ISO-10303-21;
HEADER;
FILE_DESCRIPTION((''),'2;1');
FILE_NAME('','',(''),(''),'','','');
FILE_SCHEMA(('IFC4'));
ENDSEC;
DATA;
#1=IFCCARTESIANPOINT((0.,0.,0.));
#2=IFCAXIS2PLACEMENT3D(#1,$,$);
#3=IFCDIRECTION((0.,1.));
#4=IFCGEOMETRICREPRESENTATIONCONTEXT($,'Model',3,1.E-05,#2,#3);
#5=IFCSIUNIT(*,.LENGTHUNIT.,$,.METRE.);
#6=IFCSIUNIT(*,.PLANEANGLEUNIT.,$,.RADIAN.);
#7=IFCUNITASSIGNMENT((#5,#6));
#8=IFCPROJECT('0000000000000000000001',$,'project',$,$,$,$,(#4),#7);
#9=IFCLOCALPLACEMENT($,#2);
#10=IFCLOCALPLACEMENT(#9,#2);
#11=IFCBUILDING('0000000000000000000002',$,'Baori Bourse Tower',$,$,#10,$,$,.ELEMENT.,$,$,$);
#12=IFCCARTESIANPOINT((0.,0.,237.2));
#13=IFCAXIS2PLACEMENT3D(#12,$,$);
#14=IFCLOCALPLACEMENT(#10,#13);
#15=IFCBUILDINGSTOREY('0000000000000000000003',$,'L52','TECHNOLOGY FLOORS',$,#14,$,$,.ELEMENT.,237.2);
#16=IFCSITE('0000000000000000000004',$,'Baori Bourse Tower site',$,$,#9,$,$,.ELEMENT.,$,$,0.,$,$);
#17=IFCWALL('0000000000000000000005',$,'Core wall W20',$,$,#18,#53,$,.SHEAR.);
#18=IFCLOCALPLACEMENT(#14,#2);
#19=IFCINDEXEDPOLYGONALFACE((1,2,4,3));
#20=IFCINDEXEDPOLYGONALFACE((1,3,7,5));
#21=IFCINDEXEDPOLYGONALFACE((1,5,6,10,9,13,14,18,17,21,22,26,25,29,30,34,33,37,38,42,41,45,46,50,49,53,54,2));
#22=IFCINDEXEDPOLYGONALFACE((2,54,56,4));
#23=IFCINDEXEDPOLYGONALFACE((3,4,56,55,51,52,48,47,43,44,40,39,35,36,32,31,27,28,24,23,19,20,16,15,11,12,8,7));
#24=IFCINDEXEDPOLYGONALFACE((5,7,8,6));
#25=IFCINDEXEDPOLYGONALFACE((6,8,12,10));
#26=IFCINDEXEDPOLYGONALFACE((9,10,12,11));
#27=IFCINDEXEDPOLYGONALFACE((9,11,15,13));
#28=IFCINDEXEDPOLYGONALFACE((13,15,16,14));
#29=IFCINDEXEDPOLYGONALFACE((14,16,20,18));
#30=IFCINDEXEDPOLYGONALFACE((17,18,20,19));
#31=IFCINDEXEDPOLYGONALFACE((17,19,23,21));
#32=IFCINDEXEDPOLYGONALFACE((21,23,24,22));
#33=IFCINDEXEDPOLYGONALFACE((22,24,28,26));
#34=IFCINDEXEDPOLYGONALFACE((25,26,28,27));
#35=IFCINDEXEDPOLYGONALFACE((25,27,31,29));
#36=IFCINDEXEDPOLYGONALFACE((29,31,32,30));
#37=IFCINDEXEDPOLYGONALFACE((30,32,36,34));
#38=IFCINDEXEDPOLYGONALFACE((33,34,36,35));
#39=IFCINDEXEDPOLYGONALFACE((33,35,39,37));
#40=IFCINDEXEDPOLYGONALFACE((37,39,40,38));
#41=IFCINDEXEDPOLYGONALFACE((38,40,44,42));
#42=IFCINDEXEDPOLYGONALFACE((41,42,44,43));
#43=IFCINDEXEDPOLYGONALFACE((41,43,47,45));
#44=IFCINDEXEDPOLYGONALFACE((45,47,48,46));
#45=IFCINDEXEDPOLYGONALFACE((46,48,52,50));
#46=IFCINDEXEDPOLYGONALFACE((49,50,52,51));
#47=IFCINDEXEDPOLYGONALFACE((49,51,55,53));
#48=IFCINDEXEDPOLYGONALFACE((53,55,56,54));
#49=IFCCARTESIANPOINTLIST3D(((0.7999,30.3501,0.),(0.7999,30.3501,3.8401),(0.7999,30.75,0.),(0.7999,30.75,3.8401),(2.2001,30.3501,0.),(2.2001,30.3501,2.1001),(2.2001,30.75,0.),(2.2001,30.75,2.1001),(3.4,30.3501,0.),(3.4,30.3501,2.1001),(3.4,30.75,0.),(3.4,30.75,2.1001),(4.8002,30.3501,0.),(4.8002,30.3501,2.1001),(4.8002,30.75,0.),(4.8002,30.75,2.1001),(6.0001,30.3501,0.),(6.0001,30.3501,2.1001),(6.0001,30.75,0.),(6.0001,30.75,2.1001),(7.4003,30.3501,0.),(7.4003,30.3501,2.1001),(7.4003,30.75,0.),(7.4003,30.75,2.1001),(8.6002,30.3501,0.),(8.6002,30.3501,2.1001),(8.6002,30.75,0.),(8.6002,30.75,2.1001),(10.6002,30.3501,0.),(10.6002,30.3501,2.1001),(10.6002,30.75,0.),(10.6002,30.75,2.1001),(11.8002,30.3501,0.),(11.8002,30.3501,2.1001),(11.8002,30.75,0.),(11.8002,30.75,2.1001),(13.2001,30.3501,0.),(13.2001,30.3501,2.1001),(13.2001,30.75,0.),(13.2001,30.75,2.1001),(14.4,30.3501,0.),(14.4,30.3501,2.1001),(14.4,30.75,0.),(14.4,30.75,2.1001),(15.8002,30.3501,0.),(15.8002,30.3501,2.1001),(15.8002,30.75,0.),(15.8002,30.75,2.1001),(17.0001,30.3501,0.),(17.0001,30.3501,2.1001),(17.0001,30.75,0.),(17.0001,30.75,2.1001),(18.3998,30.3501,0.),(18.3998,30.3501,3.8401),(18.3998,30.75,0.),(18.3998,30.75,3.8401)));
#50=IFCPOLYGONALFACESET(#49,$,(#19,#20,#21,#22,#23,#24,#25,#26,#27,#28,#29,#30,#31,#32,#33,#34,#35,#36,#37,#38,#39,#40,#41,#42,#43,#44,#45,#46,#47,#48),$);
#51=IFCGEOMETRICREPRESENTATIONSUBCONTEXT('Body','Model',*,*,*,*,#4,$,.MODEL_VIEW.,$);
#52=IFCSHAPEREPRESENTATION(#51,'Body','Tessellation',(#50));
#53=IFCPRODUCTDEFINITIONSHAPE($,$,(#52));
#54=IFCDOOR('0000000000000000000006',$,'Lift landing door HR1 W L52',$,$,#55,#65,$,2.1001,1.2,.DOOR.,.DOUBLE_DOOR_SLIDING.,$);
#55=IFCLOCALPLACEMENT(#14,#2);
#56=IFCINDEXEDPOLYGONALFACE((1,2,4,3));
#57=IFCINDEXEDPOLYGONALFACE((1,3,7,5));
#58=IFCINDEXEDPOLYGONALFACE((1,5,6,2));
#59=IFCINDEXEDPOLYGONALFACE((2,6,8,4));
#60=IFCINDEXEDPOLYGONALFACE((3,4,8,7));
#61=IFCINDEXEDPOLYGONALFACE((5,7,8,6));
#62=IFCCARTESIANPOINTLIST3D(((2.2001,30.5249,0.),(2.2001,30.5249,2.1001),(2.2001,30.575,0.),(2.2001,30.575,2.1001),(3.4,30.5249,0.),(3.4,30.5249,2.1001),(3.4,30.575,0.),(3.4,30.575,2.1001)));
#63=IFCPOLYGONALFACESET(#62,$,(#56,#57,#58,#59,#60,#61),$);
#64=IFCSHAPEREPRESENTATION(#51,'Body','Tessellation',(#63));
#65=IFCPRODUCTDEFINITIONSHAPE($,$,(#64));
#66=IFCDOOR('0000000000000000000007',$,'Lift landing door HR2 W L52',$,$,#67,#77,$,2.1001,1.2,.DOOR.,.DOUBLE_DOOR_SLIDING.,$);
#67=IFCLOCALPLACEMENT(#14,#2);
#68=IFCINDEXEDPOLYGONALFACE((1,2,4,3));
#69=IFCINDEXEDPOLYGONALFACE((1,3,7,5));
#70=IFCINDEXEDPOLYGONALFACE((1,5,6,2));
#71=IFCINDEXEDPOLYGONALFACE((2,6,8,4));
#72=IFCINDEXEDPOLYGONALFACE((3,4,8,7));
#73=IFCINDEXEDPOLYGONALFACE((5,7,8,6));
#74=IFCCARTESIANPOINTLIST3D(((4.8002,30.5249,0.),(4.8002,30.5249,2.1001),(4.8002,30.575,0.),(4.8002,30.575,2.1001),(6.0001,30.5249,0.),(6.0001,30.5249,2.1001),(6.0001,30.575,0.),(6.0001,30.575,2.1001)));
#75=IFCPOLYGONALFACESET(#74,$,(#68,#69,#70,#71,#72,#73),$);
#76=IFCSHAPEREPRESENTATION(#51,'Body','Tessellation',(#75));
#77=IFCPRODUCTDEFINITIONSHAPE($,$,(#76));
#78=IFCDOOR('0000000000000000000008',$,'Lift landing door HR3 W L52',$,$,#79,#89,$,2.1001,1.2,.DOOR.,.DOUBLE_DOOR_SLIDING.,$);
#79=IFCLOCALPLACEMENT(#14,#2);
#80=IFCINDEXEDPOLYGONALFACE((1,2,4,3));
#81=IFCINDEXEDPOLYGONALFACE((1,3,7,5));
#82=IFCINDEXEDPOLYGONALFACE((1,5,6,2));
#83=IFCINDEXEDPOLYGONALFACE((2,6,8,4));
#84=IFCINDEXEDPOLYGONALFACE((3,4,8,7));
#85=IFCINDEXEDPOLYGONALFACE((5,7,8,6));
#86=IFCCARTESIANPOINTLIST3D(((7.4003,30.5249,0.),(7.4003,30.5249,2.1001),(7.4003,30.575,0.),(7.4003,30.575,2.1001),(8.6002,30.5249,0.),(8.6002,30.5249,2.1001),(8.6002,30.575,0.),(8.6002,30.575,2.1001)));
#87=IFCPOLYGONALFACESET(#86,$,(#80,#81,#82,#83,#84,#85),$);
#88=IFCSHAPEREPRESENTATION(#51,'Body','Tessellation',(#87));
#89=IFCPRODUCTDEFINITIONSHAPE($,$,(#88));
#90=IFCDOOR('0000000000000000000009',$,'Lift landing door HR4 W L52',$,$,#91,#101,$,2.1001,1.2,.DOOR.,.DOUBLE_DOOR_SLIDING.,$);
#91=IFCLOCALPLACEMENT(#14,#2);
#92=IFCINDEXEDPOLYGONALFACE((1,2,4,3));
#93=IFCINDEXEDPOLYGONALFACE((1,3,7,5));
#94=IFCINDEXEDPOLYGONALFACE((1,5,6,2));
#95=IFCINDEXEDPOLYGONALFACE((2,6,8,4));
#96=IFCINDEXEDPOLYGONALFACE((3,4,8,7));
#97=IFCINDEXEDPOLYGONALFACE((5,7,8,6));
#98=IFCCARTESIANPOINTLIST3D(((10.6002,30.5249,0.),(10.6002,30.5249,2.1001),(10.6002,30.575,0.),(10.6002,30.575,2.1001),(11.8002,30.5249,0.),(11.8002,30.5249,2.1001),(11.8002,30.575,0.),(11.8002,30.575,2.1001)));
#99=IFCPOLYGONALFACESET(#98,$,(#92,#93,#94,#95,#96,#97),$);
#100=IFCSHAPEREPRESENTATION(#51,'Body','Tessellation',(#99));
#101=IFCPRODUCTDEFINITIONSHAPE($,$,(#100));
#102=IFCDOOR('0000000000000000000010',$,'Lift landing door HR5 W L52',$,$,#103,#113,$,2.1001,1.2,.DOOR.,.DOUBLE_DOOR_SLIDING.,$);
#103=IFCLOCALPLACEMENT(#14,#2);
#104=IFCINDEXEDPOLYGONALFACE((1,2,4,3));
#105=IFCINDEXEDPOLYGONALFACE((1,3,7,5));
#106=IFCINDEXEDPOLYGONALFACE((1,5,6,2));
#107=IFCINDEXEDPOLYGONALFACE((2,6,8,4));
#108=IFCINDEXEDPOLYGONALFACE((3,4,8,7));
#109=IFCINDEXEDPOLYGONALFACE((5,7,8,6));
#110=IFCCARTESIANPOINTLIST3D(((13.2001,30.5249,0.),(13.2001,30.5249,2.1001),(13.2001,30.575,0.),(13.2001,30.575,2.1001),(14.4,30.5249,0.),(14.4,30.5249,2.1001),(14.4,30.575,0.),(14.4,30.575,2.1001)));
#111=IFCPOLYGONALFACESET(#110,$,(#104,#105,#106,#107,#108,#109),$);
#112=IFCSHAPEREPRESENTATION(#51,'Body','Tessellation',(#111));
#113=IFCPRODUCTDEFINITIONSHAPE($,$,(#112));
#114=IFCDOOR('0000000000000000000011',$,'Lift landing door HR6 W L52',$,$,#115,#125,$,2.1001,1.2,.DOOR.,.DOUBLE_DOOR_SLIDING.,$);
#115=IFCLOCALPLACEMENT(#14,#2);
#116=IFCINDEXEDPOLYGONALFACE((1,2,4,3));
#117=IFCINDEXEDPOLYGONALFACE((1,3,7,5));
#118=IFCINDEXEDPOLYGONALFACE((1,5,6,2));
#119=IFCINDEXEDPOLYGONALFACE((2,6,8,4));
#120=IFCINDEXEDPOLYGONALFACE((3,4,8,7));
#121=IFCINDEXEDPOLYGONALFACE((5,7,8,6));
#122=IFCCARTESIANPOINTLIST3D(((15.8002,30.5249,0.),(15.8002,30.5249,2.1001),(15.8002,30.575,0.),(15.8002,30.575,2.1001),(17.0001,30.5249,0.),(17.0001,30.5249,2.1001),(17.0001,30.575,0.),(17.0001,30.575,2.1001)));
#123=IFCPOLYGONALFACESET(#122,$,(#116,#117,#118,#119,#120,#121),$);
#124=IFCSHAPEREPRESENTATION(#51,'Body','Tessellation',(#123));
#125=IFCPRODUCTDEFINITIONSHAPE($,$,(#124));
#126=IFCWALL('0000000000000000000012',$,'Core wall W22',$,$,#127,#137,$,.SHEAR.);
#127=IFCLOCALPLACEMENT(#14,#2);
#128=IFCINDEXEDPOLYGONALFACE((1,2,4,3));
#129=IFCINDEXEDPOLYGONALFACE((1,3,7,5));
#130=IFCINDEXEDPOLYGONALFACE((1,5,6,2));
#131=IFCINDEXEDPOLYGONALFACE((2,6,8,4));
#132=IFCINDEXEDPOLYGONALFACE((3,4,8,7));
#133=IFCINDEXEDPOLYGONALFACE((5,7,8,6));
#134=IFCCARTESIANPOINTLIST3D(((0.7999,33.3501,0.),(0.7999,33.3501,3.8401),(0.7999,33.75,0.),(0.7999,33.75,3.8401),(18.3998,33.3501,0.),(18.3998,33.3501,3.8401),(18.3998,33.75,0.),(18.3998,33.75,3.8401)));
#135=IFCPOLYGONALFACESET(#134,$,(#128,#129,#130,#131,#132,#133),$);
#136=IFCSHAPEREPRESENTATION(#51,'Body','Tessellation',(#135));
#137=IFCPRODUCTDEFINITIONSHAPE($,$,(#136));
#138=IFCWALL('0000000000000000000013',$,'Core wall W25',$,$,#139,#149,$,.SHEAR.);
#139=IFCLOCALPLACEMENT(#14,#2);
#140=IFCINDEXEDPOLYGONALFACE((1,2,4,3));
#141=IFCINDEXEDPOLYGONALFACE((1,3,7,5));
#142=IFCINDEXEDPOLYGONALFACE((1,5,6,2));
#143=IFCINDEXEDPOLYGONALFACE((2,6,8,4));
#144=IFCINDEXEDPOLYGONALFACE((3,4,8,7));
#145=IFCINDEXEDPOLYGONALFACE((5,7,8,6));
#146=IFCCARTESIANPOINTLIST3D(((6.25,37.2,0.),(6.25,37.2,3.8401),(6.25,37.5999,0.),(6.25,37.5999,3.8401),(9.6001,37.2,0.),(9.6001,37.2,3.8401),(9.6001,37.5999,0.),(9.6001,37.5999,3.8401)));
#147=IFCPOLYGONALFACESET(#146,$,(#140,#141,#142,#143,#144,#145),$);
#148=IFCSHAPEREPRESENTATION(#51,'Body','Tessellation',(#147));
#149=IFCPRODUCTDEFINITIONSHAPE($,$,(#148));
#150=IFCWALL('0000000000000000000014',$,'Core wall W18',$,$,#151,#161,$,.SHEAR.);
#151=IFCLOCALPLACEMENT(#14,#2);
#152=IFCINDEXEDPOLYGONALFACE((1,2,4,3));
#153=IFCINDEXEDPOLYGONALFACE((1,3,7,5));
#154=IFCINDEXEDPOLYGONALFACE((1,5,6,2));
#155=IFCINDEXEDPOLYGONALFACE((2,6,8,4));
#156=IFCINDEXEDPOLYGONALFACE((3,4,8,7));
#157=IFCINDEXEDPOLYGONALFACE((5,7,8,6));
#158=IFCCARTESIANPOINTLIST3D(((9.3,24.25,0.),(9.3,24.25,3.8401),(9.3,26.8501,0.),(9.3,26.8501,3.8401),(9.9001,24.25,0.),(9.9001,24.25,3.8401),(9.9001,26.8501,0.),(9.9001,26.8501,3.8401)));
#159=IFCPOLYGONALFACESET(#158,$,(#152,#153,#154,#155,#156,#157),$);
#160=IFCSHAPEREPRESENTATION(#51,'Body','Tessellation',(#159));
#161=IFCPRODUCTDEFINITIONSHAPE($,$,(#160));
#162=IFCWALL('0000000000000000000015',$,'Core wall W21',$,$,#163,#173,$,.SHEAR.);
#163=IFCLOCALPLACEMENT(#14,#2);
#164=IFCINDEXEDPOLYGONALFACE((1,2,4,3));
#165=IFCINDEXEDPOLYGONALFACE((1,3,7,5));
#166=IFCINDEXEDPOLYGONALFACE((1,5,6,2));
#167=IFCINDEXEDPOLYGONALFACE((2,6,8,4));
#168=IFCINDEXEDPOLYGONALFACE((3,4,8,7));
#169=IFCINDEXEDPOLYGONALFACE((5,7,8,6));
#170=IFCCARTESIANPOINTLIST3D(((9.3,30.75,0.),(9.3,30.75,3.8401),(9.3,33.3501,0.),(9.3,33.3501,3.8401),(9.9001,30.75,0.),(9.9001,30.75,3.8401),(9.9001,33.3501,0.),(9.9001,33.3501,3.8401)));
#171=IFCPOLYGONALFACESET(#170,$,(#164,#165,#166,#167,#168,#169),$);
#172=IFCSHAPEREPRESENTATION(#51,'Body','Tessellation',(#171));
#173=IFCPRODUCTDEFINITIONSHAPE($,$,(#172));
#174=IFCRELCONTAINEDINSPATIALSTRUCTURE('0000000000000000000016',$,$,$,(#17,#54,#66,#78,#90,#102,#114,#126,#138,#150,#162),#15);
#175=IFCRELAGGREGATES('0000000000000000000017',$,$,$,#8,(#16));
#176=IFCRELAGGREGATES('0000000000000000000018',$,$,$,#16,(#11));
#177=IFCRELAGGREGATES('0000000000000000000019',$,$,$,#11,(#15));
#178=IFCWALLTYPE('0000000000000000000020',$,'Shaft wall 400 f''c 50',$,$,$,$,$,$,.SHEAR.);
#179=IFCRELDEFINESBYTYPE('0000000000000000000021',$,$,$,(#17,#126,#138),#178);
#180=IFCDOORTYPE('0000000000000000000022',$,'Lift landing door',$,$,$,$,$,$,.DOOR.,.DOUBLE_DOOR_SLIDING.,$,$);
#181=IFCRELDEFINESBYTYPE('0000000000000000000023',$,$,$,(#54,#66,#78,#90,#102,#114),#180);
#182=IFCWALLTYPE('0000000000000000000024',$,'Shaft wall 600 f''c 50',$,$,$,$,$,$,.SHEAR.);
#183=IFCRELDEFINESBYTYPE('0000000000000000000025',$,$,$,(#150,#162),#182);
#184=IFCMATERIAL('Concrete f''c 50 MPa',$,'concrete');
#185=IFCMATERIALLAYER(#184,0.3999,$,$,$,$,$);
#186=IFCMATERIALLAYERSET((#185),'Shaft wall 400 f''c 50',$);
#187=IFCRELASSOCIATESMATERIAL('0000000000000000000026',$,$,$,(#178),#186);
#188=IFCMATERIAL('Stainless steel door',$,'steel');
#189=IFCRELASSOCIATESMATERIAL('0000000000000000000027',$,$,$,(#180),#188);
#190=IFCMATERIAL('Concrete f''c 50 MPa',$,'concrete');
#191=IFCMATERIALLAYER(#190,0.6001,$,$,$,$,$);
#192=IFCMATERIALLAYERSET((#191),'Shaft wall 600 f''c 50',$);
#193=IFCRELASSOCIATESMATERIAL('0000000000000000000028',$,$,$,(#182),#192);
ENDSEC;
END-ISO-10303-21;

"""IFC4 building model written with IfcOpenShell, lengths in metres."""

from ifc_helpers import new_model, si_unit, direction, frame, frame_2d, origin, place, context, subcontext, project, spatial, rectangle, extrude, material, layer, layer_set, type_object, element, fill, save


model = new_model("IFC4")

# Units and contexts
model_context = context("Model", 3, precision=1e-05, world=origin(), true_north=direction((0.0, 1.0)))
body_context = subcontext(model_context, "Body", "Model", "MODEL_VIEW")
ifc_project = project(units=[si_unit("LENGTHUNIT", "METRE"), si_unit("PLANEANGLEUNIT", "RADIAN")], contexts=[model_context])

# Site, building, storey
site_placement = place(None, origin())
site = spatial("IfcSite", under=ifc_project, at=site_placement, Name="Baori Bourse Tower site", CompositionType="ELEMENT", RefElevation=0.0)
building_placement = place(site_placement, origin())
building = spatial("IfcBuilding", under=site, at=building_placement, Name="Baori Bourse Tower", CompositionType="ELEMENT")
storey_placement = place(building_placement, frame((0.0, 0.0, 237.2)))
storey = spatial("IfcBuildingStorey", under=building, at=storey_placement, Name="L52", Description="TECHNOLOGY FLOORS", CompositionType="ELEMENT", Elevation=237.2)

# Wall, openings, doors
ifc_material_1 = material(Name="Concrete f'c 50 MPa", Category="concrete")
ifc_layer_1 = layer(ifc_material_1, 0.3999)
ifc_layer_set_1 = layer_set([ifc_layer_1], Name="Shaft wall 400 f'c 50")
wall_type_1 = type_object("IfcWallType", Name="Shaft wall 400 f'c 50", PredefinedType="SHEAR", material=ifc_layer_set_1)
ifc_material_2 = material(Name="Stainless steel door", Category="steel")
door_type_1 = type_object("IfcDoorType", Name="Lift landing door", OperationType="DOUBLE_DOOR_SLIDING", PredefinedType="DOOR", material=ifc_material_2)
wall_1_placement = place(storey_placement, frame((0.8, 30.55, 0.0), z_axis=(0.0, 0.0, 1.0), x_axis=(1.0, 0.0, 0.0)))
wall_1 = element("IfcWall", 1, at=wall_1_placement, inside=storey, type_object=wall_type_1, Name="Core wall W20", PredefinedType="SHEAR", context=body_context, shape_type="SweptSolid", body=[
    extrude(rectangle(XDim=17.5999, YDim=0.3999, at=frame_2d((8.7998, 0.0))), origin(), (0.0, 0.0, 1.0), 3.8401),
])
opening_1_placement = place(wall_1_placement, frame((1.3999, 0.0, 0.0)))
opening_1 = element("IfcOpeningElement", 2, at=opening_1_placement, cuts=wall_1, PredefinedType="OPENING", context=body_context, shape_type="SweptSolid", body=[
    extrude(rectangle(XDim=1.2, YDim=2.1001, at=frame_2d((0.6001, 1.05))), frame((0.0, 0.21, 0.0), z_axis=(0.0, -1.0, 0.0), x_axis=(1.0, 0.0, 0.0)), (0.0, 0.0, 1.0), 0.4199),
])
opening_2_placement = place(wall_1_placement, frame((4.0, 0.0, 0.0)))
opening_2 = element("IfcOpeningElement", 3, at=opening_2_placement, cuts=wall_1, PredefinedType="OPENING", context=body_context, shape_type="SweptSolid", body=[
    extrude(rectangle(XDim=1.2, YDim=2.1001, at=frame_2d((0.6001, 1.05))), frame((0.0, 0.21, 0.0), z_axis=(0.0, -1.0, 0.0), x_axis=(1.0, 0.0, 0.0)), (0.0, 0.0, 1.0), 0.4199),
])
opening_3_placement = place(wall_1_placement, frame((6.6001, 0.0, 0.0)))
opening_3 = element("IfcOpeningElement", 4, at=opening_3_placement, cuts=wall_1, PredefinedType="OPENING", context=body_context, shape_type="SweptSolid", body=[
    extrude(rectangle(XDim=1.2, YDim=2.1001, at=frame_2d((0.6001, 1.05))), frame((0.0, 0.21, 0.0), z_axis=(0.0, -1.0, 0.0), x_axis=(1.0, 0.0, 0.0)), (0.0, 0.0, 1.0), 0.4199),
])
opening_4_placement = place(wall_1_placement, frame((9.8, 0.0, 0.0)))
opening_4 = element("IfcOpeningElement", 5, at=opening_4_placement, cuts=wall_1, PredefinedType="OPENING", context=body_context, shape_type="SweptSolid", body=[
    extrude(rectangle(XDim=1.2, YDim=2.1001, at=frame_2d((0.6001, 1.05))), frame((0.0, 0.21, 0.0), z_axis=(0.0, -1.0, 0.0), x_axis=(1.0, 0.0, 0.0)), (0.0, 0.0, 1.0), 0.4199),
])
opening_5_placement = place(wall_1_placement, frame((12.3999, 0.0, 0.0)))
opening_5 = element("IfcOpeningElement", 6, at=opening_5_placement, cuts=wall_1, PredefinedType="OPENING", context=body_context, shape_type="SweptSolid", body=[
    extrude(rectangle(XDim=1.2, YDim=2.1001, at=frame_2d((0.6001, 1.05))), frame((0.0, 0.21, 0.0), z_axis=(0.0, -1.0, 0.0), x_axis=(1.0, 0.0, 0.0)), (0.0, 0.0, 1.0), 0.4199),
])
opening_6_placement = place(wall_1_placement, frame((15.0, 0.0, 0.0)))
opening_6 = element("IfcOpeningElement", 7, at=opening_6_placement, cuts=wall_1, PredefinedType="OPENING", context=body_context, shape_type="SweptSolid", body=[
    extrude(rectangle(XDim=1.2, YDim=2.1001, at=frame_2d((0.6001, 1.05))), frame((0.0, 0.21, 0.0), z_axis=(0.0, -1.0, 0.0), x_axis=(1.0, 0.0, 0.0)), (0.0, 0.0, 1.0), 0.4199),
])
door_1_placement = place(opening_1_placement, origin())
door_1 = element("IfcDoor", 8, at=door_1_placement, inside=storey, type_object=door_type_1, Name="Lift landing door HR1 W L52", OperationType="DOUBLE_DOOR_SLIDING", OverallHeight=2.1001, OverallWidth=1.2, PredefinedType="DOOR", context=body_context, shape_type="SweptSolid", body=[
    extrude(rectangle(XDim=1.2, YDim=2.1001, at=frame_2d((0.6001, 1.05))), frame((0.0, 0.0249, 0.0), z_axis=(0.0, -1.0, 0.0), x_axis=(1.0, 0.0, 0.0)), (0.0, 0.0, 1.0), 0.05),
])
fill(opening_1, door_1)
door_2_placement = place(opening_2_placement, origin())
door_2 = element("IfcDoor", 9, at=door_2_placement, inside=storey, type_object=door_type_1, Name="Lift landing door HR2 W L52", OperationType="DOUBLE_DOOR_SLIDING", OverallHeight=2.1001, OverallWidth=1.2, PredefinedType="DOOR", context=body_context, shape_type="SweptSolid", body=[
    extrude(rectangle(XDim=1.2, YDim=2.1001, at=frame_2d((0.6001, 1.05))), frame((0.0, 0.0249, 0.0), z_axis=(0.0, -1.0, 0.0), x_axis=(1.0, 0.0, 0.0)), (0.0, 0.0, 1.0), 0.05),
])
fill(opening_2, door_2)
door_3_placement = place(opening_3_placement, origin())
door_3 = element("IfcDoor", 10, at=door_3_placement, inside=storey, type_object=door_type_1, Name="Lift landing door HR3 W L52", OperationType="DOUBLE_DOOR_SLIDING", OverallHeight=2.1001, OverallWidth=1.2, PredefinedType="DOOR", context=body_context, shape_type="SweptSolid", body=[
    extrude(rectangle(XDim=1.2, YDim=2.1001, at=frame_2d((0.6001, 1.05))), frame((0.0, 0.0249, 0.0), z_axis=(0.0, -1.0, 0.0), x_axis=(1.0, 0.0, 0.0)), (0.0, 0.0, 1.0), 0.05),
])
fill(opening_3, door_3)
door_4_placement = place(opening_4_placement, origin())
door_4 = element("IfcDoor", 11, at=door_4_placement, inside=storey, type_object=door_type_1, Name="Lift landing door HR4 W L52", OperationType="DOUBLE_DOOR_SLIDING", OverallHeight=2.1001, OverallWidth=1.2, PredefinedType="DOOR", context=body_context, shape_type="SweptSolid", body=[
    extrude(rectangle(XDim=1.2, YDim=2.1001, at=frame_2d((0.6001, 1.05))), frame((0.0, 0.0249, 0.0), z_axis=(0.0, -1.0, 0.0), x_axis=(1.0, 0.0, 0.0)), (0.0, 0.0, 1.0), 0.05),
])
fill(opening_4, door_4)
door_5_placement = place(opening_5_placement, origin())
door_5 = element("IfcDoor", 12, at=door_5_placement, inside=storey, type_object=door_type_1, Name="Lift landing door HR5 W L52", OperationType="DOUBLE_DOOR_SLIDING", OverallHeight=2.1001, OverallWidth=1.2, PredefinedType="DOOR", context=body_context, shape_type="SweptSolid", body=[
    extrude(rectangle(XDim=1.2, YDim=2.1001, at=frame_2d((0.6001, 1.05))), frame((0.0, 0.0249, 0.0), z_axis=(0.0, -1.0, 0.0), x_axis=(1.0, 0.0, 0.0)), (0.0, 0.0, 1.0), 0.05),
])
fill(opening_5, door_5)
door_6_placement = place(opening_6_placement, origin())
door_6 = element("IfcDoor", 13, at=door_6_placement, inside=storey, type_object=door_type_1, Name="Lift landing door HR6 W L52", OperationType="DOUBLE_DOOR_SLIDING", OverallHeight=2.1001, OverallWidth=1.2, PredefinedType="DOOR", context=body_context, shape_type="SweptSolid", body=[
    extrude(rectangle(XDim=1.2, YDim=2.1001, at=frame_2d((0.6001, 1.05))), frame((0.0, 0.0249, 0.0), z_axis=(0.0, -1.0, 0.0), x_axis=(1.0, 0.0, 0.0)), (0.0, 0.0, 1.0), 0.05),
])
fill(opening_6, door_6)

# Walls
wall_2_placement = place(storey_placement, frame((0.8, 33.55, 0.0), z_axis=(0.0, 0.0, 1.0), x_axis=(1.0, 0.0, 0.0)))
element("IfcWall", 14, at=wall_2_placement, inside=storey, type_object=wall_type_1, Name="Core wall W22", PredefinedType="SHEAR", context=body_context, shape_type="SweptSolid", body=[
    extrude(rectangle(XDim=17.5999, YDim=0.3999, at=frame_2d((8.7998, 0.0))), origin(), (0.0, 0.0, 1.0), 3.8401),
])
wall_3_placement = place(storey_placement, frame((6.25, 37.3999, 0.0), z_axis=(0.0, 0.0, 1.0), x_axis=(1.0, 0.0, 0.0)))
element("IfcWall", 15, at=wall_3_placement, inside=storey, type_object=wall_type_1, Name="Core wall W25", PredefinedType="SHEAR", context=body_context, shape_type="SweptSolid", body=[
    extrude(rectangle(XDim=3.3501, YDim=0.3999, at=frame_2d((1.675, 0.0))), origin(), (0.0, 0.0, 1.0), 3.8401),
])
ifc_material_3 = material(Name="Concrete f'c 50 MPa", Category="concrete")
ifc_layer_2 = layer(ifc_material_3, 0.6001)
ifc_layer_set_2 = layer_set([ifc_layer_2], Name="Shaft wall 600 f'c 50")
wall_type_2 = type_object("IfcWallType", Name="Shaft wall 600 f'c 50", PredefinedType="SHEAR", material=ifc_layer_set_2)
for number, where, z_axis, x_axis, name in (
    (16, (9.6001, 24.25, 0.0), (0.0, 0.0, 1.0), (0.0, 1.0, 0.0), "Core wall W18"),
    (17, (9.6001, 30.75, 0.0), (0.0, 0.0, 1.0), (0.0, 1.0, 0.0), "Core wall W21"),
):
    element("IfcWall", number, at=place(storey_placement, frame(where, z_axis=z_axis, x_axis=x_axis)), inside=storey, type_object=wall_type_2, Name=name, PredefinedType="SHEAR", context=body_context, shape_type="SweptSolid", body=[
        extrude(rectangle(XDim=2.6001, YDim=0.6001, at=frame_2d((1.3, 0.0))), origin(), (0.0, 0.0, 1.0), 3.8401),
    ])

save(model, "model.ifc")
